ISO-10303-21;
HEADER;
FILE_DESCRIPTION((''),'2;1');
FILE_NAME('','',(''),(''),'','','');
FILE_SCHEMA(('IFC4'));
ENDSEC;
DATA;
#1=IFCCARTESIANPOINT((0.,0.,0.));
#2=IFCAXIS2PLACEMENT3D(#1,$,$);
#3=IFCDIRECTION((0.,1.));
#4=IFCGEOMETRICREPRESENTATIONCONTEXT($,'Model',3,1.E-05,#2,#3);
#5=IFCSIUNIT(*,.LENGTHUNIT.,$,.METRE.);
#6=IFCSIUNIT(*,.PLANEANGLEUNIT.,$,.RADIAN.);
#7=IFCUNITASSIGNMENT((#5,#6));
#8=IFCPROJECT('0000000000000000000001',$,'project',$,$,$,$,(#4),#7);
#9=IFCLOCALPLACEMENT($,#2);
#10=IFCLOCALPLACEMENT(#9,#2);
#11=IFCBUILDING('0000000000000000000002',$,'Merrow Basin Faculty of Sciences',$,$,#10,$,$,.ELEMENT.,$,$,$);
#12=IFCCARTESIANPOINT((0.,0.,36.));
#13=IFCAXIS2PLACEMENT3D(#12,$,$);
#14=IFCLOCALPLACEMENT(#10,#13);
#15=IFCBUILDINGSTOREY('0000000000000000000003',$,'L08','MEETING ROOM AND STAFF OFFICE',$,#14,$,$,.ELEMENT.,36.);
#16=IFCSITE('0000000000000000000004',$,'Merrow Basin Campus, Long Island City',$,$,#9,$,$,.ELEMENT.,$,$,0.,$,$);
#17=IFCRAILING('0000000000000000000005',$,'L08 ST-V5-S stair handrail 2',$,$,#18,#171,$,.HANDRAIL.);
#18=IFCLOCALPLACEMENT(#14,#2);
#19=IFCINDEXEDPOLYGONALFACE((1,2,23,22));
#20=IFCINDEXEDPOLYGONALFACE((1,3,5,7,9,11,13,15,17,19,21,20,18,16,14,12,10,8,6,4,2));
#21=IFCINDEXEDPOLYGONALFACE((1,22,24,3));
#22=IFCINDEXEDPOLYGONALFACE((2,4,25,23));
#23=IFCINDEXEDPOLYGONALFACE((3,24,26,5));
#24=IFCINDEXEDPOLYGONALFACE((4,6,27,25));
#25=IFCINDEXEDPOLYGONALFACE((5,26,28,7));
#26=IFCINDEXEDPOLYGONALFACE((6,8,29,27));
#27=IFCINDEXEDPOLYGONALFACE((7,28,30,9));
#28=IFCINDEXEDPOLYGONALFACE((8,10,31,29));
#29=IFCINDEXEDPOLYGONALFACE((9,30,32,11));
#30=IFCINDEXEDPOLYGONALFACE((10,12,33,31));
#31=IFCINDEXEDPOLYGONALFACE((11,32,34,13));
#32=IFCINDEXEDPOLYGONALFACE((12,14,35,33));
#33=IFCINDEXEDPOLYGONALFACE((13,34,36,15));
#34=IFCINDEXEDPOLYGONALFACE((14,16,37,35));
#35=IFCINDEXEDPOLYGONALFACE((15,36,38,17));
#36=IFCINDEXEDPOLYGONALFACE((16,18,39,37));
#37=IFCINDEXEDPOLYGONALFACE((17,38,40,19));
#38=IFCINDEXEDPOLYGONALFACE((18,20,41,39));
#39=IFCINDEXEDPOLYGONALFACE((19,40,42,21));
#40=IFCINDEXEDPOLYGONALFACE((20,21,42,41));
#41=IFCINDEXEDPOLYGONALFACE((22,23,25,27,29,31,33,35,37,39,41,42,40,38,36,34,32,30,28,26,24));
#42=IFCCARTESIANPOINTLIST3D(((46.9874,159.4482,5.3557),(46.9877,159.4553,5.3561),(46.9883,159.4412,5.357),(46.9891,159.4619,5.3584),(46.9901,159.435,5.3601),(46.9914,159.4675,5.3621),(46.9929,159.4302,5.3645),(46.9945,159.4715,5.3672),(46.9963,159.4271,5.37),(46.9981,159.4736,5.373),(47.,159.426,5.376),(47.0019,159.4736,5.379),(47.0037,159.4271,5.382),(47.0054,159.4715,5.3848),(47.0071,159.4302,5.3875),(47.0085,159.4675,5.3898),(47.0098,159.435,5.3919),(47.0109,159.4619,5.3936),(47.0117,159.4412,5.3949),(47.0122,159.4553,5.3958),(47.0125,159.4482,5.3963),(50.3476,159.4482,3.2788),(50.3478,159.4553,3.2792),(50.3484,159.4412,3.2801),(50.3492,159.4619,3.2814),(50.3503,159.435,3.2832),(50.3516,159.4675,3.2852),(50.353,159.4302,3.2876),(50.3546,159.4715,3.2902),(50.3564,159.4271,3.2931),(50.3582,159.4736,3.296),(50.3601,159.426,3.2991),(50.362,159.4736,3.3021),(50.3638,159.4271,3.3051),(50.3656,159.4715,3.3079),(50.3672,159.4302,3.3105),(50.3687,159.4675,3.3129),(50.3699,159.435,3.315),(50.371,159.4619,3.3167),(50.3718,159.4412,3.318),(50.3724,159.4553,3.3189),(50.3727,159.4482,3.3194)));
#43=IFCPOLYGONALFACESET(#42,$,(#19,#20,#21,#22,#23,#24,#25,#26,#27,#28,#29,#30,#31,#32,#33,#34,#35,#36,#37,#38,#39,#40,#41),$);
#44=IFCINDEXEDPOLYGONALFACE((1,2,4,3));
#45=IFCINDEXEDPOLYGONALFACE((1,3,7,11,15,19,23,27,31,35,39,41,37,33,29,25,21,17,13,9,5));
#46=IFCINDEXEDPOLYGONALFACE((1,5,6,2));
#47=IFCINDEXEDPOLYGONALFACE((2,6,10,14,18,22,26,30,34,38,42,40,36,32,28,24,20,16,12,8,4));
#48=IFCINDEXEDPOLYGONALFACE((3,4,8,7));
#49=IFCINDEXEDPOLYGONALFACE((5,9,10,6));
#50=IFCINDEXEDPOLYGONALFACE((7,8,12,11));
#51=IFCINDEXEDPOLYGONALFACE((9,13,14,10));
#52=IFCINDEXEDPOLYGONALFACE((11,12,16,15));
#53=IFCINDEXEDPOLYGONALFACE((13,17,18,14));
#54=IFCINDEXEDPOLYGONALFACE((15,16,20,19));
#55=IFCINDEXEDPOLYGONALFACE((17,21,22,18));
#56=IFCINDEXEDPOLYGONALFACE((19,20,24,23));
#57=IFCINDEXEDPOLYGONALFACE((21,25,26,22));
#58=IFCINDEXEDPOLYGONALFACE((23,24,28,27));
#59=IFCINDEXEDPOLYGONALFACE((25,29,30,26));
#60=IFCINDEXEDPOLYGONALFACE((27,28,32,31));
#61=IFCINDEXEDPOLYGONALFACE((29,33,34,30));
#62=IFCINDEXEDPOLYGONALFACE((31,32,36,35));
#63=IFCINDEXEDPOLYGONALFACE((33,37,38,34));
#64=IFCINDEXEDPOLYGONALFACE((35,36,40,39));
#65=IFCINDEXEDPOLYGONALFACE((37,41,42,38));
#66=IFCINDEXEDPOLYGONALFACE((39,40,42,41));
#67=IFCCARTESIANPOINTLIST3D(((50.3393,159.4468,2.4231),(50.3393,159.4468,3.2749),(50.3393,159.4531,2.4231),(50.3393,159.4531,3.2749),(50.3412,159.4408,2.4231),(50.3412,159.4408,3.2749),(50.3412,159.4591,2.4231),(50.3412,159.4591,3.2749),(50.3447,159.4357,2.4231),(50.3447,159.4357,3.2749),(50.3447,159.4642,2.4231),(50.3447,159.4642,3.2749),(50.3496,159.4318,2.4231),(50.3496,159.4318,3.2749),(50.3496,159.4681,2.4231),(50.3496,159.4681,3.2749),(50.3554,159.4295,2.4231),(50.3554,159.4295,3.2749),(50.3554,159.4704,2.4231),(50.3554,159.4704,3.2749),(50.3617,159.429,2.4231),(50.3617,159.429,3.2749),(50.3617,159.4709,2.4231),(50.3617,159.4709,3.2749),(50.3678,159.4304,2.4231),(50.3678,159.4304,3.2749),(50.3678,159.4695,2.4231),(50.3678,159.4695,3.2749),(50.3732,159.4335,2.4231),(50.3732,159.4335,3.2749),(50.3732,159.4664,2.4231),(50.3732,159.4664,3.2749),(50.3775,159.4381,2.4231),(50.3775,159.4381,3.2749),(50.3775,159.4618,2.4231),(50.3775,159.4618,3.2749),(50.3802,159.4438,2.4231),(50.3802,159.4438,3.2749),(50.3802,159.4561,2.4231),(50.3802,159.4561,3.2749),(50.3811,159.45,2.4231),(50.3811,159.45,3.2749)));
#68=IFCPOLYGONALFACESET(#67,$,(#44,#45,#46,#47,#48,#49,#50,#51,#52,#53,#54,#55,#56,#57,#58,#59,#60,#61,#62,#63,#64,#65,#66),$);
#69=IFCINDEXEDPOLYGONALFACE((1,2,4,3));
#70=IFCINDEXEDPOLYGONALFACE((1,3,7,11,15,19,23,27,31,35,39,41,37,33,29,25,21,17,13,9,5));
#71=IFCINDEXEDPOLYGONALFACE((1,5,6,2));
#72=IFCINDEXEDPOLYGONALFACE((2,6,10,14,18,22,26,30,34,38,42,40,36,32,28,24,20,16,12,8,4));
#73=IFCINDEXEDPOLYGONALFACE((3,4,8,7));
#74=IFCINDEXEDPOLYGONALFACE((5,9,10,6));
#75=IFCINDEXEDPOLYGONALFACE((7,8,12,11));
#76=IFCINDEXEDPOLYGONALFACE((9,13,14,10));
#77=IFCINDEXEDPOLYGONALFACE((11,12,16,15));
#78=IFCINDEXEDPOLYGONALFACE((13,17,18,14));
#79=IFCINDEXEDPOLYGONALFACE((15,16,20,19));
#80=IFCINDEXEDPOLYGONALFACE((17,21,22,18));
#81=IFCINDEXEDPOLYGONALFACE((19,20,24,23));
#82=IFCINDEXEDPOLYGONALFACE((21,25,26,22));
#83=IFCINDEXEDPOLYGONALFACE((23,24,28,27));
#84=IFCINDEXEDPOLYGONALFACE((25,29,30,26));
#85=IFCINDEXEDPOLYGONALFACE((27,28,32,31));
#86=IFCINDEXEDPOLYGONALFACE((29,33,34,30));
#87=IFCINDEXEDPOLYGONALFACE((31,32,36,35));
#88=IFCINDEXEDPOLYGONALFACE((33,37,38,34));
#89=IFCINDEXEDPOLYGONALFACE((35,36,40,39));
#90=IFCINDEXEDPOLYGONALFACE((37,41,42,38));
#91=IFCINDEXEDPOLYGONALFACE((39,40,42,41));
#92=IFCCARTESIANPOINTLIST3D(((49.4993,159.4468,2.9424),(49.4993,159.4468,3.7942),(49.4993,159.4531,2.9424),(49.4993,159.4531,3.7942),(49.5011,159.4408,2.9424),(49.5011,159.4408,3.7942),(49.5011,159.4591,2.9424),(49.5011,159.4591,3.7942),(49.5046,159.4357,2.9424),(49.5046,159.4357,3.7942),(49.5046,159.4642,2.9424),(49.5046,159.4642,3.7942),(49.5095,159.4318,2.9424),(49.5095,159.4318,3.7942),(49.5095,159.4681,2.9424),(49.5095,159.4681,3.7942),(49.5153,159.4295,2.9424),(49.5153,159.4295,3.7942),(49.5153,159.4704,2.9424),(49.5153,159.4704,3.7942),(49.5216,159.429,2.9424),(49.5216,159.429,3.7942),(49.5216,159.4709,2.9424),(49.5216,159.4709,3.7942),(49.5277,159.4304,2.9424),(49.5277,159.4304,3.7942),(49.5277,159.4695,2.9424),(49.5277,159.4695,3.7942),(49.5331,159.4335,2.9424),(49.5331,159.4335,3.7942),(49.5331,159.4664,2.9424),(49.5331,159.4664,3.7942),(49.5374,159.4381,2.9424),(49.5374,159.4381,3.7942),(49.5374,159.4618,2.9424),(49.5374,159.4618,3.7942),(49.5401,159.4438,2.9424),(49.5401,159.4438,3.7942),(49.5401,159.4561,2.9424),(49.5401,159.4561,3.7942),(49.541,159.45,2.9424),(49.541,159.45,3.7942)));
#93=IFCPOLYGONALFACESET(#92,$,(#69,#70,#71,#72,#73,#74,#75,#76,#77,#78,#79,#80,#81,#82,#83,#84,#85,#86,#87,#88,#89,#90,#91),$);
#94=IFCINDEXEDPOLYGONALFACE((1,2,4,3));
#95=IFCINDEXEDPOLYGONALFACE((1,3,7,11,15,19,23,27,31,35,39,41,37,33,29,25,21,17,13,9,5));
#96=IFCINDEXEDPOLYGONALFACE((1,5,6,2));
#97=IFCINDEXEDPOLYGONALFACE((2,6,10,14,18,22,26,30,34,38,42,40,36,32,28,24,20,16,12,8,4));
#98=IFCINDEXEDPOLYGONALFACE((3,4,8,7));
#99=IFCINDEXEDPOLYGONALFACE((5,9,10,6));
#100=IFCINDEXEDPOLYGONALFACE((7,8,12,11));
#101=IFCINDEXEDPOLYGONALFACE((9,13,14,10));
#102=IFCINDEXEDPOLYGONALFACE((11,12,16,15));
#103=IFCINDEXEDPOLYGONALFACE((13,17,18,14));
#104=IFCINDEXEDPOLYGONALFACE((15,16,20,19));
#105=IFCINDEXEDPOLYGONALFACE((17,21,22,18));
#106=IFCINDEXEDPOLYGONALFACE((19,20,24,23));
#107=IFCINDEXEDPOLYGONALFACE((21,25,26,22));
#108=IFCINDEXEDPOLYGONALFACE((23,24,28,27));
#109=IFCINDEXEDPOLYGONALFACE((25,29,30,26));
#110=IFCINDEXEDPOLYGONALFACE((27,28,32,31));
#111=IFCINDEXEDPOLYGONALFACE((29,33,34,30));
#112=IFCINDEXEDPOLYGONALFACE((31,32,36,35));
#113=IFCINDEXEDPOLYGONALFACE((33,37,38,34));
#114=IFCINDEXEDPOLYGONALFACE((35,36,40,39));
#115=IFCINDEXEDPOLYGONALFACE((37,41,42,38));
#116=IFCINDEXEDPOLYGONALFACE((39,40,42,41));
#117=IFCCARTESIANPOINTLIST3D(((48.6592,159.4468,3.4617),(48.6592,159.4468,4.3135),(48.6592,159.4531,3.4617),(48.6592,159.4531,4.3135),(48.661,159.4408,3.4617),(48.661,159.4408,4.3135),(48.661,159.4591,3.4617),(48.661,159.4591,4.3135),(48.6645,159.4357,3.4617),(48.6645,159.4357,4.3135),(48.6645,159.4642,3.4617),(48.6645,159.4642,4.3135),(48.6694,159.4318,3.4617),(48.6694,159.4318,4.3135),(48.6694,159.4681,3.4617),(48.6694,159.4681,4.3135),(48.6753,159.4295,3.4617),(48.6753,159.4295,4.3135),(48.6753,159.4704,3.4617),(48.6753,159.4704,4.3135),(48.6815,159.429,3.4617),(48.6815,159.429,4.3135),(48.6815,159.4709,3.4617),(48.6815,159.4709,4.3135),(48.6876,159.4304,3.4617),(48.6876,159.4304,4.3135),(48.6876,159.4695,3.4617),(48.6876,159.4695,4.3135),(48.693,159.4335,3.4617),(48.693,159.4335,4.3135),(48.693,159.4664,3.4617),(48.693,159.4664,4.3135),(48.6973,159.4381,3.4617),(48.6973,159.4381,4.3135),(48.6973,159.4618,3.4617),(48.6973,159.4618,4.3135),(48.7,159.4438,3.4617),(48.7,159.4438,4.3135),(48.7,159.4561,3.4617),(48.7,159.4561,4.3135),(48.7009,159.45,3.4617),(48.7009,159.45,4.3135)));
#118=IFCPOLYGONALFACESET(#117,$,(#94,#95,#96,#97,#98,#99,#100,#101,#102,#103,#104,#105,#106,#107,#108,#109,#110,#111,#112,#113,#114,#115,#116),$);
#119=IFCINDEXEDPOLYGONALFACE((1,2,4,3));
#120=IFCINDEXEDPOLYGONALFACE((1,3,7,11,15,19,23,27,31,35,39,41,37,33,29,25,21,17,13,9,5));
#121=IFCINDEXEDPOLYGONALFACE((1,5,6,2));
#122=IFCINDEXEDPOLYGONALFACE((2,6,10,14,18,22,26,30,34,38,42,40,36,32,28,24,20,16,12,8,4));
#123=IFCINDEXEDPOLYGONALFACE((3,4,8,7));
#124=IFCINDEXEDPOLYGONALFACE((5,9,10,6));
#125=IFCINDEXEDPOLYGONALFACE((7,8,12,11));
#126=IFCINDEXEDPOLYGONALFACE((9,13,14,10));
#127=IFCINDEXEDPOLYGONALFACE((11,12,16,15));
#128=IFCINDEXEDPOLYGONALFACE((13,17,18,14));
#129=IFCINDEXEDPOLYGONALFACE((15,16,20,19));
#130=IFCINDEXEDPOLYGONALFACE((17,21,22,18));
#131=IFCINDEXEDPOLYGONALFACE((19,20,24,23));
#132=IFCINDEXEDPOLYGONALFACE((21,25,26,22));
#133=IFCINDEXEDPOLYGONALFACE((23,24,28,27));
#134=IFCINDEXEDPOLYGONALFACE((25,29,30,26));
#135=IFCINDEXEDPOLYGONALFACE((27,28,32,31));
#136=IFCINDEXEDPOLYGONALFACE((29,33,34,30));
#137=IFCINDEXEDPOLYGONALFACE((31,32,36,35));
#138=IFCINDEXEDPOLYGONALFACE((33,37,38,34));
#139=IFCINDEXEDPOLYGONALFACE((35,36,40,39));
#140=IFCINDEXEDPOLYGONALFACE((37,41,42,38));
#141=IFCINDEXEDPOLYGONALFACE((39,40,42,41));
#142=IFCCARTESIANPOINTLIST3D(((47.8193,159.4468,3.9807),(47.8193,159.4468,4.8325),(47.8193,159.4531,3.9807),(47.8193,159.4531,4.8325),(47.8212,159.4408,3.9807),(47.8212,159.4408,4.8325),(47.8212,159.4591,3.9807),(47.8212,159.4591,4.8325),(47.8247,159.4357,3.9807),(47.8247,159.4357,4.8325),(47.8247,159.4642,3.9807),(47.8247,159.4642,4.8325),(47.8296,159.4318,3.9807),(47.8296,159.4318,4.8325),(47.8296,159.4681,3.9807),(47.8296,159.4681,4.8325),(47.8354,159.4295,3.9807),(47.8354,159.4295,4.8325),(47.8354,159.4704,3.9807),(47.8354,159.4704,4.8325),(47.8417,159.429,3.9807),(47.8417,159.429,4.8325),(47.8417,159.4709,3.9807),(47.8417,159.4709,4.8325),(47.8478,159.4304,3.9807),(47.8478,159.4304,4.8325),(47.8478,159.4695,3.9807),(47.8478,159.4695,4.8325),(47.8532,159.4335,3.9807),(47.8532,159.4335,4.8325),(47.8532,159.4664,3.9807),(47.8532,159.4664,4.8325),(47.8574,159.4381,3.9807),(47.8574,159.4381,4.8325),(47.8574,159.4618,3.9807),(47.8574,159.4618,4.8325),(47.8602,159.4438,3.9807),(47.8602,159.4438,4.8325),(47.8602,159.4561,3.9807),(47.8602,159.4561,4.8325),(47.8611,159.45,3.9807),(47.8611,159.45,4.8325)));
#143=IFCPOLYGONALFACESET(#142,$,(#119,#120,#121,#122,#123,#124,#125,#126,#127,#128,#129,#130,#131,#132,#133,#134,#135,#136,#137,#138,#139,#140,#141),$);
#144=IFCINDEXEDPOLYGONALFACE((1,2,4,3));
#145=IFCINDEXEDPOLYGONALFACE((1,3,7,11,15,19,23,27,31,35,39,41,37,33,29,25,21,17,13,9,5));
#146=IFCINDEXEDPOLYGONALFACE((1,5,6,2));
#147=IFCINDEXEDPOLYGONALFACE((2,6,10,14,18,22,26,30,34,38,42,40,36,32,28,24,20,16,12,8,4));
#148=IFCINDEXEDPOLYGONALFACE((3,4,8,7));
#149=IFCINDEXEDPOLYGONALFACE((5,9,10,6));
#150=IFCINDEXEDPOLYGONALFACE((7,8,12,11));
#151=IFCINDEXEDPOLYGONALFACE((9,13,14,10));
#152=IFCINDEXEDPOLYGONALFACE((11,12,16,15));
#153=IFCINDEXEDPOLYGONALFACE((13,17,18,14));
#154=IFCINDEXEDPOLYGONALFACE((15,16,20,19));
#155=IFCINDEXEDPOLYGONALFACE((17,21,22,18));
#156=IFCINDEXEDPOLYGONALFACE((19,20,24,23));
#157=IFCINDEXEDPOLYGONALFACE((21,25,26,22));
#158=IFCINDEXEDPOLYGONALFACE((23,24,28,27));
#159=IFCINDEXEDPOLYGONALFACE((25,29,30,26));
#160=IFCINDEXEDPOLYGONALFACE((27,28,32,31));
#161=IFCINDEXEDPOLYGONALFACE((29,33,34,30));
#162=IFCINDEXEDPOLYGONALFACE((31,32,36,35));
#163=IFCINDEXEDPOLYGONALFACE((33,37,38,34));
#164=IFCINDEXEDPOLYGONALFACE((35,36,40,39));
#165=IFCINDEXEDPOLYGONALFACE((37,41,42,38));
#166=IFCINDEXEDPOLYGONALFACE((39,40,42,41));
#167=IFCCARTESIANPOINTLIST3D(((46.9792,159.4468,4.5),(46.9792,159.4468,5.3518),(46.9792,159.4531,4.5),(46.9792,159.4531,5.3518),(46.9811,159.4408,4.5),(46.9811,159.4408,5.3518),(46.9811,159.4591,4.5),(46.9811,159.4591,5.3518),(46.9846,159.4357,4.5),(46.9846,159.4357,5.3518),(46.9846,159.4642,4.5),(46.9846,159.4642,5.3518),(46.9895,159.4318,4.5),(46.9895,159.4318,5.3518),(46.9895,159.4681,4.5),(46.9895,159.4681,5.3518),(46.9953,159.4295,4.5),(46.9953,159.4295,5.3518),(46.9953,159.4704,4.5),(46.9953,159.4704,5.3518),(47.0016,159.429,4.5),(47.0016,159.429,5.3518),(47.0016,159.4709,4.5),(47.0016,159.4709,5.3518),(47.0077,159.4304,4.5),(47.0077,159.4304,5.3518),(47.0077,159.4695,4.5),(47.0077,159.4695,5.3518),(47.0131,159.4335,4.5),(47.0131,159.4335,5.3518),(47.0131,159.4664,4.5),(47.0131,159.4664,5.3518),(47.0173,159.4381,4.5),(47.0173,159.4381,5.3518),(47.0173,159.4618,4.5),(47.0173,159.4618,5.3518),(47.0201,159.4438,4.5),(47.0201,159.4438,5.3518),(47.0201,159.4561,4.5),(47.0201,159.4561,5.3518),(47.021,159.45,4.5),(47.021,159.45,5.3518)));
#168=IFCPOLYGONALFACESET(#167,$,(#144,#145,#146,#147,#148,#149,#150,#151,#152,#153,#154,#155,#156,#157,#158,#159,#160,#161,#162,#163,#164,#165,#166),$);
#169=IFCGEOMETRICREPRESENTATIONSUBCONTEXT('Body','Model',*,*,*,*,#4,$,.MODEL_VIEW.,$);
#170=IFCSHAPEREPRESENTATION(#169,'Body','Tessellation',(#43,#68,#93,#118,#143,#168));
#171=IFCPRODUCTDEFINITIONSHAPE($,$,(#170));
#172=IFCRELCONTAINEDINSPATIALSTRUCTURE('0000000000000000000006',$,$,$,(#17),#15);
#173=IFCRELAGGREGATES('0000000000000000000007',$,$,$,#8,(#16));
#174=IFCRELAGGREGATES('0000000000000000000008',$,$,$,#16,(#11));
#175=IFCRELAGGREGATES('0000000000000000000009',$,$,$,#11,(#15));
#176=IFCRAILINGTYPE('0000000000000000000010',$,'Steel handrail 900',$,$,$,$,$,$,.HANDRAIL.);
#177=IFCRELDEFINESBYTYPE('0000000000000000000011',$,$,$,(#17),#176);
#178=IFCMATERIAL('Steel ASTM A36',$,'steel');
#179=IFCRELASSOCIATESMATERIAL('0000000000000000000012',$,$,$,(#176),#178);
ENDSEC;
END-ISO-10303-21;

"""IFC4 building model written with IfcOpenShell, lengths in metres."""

from ifc_helpers import new_model, si_unit, direction, frame, origin, origin_2d, place, context, subcontext, project, spatial, circle, extrude, material, type_object, element, save


model = new_model("IFC4")

# Units and contexts
model_context = context("Model", 3, precision=1e-05, world=origin(), true_north=direction((0.0, 1.0)))
body_context = subcontext(model_context, "Body", "Model", "MODEL_VIEW")
ifc_project = project(units=[si_unit("LENGTHUNIT", "METRE"), si_unit("PLANEANGLEUNIT", "RADIAN")], contexts=[model_context])

# Site, building, storey
site_placement = place(None, origin())
site = spatial("IfcSite", under=ifc_project, at=site_placement, Name="Merrow Basin Campus, Long Island City", CompositionType="ELEMENT", RefElevation=0.0)
building_placement = place(site_placement, origin())
building = spatial("IfcBuilding", under=site, at=building_placement, Name="Merrow Basin Faculty of Sciences", CompositionType="ELEMENT")
storey_placement = place(building_placement, frame((0.0, 0.0, 36.0)))
storey = spatial("IfcBuildingStorey", under=building, at=storey_placement, Name="L08", Description="MEETING ROOM AND STAFF OFFICE", CompositionType="ELEMENT", Elevation=36.0)

# Railing
ifc_material_1 = material(Name="Steel ASTM A36", Category="steel")
railing_type_1 = type_object("IfcRailingType", Name="Steel handrail 900", PredefinedType="HANDRAIL", material=ifc_material_1)
railing_1_placement = place(storey_placement, frame((50.3601, 159.45, 2.4231)))
element("IfcRailing", 1, at=railing_1_placement, inside=storey, type_object=railing_type_1, Name="L08 ST-V5-S stair handrail 2", PredefinedType="HANDRAIL", context=body_context, shape_type="SweptSolid", body=[
    extrude(circle(Radius=0.0239, at=origin_2d()), frame((0.0, 0.0, 0.876), z_axis=(-0.850623, 0.0, 0.525776), x_axis=(0.0, -1.0, 0.0)), (0.0, 0.0, 1.0), 3.9502),
    extrude(circle(Radius=0.021, at=origin_2d()), origin(), (0.0, 0.0, 1.0), 0.8518),
    extrude(circle(Radius=0.021, at=origin_2d()), frame((-0.8401, 0.0, 0.5193)), (0.0, 0.0, 1.0), 0.8518),
    extrude(circle(Radius=0.021, at=origin_2d()), frame((-1.6802, 0.0, 1.0386)), (0.0, 0.0, 1.0), 0.8518),
    extrude(circle(Radius=0.021, at=origin_2d()), frame((-2.52, 0.0, 1.5576)), (0.0, 0.0, 1.0), 0.8518),
    extrude(circle(Radius=0.021, at=origin_2d()), frame((-3.3601, 0.0, 2.0769)), (0.0, 0.0, 1.0), 0.8518),
])

save(model, "model.ifc")
